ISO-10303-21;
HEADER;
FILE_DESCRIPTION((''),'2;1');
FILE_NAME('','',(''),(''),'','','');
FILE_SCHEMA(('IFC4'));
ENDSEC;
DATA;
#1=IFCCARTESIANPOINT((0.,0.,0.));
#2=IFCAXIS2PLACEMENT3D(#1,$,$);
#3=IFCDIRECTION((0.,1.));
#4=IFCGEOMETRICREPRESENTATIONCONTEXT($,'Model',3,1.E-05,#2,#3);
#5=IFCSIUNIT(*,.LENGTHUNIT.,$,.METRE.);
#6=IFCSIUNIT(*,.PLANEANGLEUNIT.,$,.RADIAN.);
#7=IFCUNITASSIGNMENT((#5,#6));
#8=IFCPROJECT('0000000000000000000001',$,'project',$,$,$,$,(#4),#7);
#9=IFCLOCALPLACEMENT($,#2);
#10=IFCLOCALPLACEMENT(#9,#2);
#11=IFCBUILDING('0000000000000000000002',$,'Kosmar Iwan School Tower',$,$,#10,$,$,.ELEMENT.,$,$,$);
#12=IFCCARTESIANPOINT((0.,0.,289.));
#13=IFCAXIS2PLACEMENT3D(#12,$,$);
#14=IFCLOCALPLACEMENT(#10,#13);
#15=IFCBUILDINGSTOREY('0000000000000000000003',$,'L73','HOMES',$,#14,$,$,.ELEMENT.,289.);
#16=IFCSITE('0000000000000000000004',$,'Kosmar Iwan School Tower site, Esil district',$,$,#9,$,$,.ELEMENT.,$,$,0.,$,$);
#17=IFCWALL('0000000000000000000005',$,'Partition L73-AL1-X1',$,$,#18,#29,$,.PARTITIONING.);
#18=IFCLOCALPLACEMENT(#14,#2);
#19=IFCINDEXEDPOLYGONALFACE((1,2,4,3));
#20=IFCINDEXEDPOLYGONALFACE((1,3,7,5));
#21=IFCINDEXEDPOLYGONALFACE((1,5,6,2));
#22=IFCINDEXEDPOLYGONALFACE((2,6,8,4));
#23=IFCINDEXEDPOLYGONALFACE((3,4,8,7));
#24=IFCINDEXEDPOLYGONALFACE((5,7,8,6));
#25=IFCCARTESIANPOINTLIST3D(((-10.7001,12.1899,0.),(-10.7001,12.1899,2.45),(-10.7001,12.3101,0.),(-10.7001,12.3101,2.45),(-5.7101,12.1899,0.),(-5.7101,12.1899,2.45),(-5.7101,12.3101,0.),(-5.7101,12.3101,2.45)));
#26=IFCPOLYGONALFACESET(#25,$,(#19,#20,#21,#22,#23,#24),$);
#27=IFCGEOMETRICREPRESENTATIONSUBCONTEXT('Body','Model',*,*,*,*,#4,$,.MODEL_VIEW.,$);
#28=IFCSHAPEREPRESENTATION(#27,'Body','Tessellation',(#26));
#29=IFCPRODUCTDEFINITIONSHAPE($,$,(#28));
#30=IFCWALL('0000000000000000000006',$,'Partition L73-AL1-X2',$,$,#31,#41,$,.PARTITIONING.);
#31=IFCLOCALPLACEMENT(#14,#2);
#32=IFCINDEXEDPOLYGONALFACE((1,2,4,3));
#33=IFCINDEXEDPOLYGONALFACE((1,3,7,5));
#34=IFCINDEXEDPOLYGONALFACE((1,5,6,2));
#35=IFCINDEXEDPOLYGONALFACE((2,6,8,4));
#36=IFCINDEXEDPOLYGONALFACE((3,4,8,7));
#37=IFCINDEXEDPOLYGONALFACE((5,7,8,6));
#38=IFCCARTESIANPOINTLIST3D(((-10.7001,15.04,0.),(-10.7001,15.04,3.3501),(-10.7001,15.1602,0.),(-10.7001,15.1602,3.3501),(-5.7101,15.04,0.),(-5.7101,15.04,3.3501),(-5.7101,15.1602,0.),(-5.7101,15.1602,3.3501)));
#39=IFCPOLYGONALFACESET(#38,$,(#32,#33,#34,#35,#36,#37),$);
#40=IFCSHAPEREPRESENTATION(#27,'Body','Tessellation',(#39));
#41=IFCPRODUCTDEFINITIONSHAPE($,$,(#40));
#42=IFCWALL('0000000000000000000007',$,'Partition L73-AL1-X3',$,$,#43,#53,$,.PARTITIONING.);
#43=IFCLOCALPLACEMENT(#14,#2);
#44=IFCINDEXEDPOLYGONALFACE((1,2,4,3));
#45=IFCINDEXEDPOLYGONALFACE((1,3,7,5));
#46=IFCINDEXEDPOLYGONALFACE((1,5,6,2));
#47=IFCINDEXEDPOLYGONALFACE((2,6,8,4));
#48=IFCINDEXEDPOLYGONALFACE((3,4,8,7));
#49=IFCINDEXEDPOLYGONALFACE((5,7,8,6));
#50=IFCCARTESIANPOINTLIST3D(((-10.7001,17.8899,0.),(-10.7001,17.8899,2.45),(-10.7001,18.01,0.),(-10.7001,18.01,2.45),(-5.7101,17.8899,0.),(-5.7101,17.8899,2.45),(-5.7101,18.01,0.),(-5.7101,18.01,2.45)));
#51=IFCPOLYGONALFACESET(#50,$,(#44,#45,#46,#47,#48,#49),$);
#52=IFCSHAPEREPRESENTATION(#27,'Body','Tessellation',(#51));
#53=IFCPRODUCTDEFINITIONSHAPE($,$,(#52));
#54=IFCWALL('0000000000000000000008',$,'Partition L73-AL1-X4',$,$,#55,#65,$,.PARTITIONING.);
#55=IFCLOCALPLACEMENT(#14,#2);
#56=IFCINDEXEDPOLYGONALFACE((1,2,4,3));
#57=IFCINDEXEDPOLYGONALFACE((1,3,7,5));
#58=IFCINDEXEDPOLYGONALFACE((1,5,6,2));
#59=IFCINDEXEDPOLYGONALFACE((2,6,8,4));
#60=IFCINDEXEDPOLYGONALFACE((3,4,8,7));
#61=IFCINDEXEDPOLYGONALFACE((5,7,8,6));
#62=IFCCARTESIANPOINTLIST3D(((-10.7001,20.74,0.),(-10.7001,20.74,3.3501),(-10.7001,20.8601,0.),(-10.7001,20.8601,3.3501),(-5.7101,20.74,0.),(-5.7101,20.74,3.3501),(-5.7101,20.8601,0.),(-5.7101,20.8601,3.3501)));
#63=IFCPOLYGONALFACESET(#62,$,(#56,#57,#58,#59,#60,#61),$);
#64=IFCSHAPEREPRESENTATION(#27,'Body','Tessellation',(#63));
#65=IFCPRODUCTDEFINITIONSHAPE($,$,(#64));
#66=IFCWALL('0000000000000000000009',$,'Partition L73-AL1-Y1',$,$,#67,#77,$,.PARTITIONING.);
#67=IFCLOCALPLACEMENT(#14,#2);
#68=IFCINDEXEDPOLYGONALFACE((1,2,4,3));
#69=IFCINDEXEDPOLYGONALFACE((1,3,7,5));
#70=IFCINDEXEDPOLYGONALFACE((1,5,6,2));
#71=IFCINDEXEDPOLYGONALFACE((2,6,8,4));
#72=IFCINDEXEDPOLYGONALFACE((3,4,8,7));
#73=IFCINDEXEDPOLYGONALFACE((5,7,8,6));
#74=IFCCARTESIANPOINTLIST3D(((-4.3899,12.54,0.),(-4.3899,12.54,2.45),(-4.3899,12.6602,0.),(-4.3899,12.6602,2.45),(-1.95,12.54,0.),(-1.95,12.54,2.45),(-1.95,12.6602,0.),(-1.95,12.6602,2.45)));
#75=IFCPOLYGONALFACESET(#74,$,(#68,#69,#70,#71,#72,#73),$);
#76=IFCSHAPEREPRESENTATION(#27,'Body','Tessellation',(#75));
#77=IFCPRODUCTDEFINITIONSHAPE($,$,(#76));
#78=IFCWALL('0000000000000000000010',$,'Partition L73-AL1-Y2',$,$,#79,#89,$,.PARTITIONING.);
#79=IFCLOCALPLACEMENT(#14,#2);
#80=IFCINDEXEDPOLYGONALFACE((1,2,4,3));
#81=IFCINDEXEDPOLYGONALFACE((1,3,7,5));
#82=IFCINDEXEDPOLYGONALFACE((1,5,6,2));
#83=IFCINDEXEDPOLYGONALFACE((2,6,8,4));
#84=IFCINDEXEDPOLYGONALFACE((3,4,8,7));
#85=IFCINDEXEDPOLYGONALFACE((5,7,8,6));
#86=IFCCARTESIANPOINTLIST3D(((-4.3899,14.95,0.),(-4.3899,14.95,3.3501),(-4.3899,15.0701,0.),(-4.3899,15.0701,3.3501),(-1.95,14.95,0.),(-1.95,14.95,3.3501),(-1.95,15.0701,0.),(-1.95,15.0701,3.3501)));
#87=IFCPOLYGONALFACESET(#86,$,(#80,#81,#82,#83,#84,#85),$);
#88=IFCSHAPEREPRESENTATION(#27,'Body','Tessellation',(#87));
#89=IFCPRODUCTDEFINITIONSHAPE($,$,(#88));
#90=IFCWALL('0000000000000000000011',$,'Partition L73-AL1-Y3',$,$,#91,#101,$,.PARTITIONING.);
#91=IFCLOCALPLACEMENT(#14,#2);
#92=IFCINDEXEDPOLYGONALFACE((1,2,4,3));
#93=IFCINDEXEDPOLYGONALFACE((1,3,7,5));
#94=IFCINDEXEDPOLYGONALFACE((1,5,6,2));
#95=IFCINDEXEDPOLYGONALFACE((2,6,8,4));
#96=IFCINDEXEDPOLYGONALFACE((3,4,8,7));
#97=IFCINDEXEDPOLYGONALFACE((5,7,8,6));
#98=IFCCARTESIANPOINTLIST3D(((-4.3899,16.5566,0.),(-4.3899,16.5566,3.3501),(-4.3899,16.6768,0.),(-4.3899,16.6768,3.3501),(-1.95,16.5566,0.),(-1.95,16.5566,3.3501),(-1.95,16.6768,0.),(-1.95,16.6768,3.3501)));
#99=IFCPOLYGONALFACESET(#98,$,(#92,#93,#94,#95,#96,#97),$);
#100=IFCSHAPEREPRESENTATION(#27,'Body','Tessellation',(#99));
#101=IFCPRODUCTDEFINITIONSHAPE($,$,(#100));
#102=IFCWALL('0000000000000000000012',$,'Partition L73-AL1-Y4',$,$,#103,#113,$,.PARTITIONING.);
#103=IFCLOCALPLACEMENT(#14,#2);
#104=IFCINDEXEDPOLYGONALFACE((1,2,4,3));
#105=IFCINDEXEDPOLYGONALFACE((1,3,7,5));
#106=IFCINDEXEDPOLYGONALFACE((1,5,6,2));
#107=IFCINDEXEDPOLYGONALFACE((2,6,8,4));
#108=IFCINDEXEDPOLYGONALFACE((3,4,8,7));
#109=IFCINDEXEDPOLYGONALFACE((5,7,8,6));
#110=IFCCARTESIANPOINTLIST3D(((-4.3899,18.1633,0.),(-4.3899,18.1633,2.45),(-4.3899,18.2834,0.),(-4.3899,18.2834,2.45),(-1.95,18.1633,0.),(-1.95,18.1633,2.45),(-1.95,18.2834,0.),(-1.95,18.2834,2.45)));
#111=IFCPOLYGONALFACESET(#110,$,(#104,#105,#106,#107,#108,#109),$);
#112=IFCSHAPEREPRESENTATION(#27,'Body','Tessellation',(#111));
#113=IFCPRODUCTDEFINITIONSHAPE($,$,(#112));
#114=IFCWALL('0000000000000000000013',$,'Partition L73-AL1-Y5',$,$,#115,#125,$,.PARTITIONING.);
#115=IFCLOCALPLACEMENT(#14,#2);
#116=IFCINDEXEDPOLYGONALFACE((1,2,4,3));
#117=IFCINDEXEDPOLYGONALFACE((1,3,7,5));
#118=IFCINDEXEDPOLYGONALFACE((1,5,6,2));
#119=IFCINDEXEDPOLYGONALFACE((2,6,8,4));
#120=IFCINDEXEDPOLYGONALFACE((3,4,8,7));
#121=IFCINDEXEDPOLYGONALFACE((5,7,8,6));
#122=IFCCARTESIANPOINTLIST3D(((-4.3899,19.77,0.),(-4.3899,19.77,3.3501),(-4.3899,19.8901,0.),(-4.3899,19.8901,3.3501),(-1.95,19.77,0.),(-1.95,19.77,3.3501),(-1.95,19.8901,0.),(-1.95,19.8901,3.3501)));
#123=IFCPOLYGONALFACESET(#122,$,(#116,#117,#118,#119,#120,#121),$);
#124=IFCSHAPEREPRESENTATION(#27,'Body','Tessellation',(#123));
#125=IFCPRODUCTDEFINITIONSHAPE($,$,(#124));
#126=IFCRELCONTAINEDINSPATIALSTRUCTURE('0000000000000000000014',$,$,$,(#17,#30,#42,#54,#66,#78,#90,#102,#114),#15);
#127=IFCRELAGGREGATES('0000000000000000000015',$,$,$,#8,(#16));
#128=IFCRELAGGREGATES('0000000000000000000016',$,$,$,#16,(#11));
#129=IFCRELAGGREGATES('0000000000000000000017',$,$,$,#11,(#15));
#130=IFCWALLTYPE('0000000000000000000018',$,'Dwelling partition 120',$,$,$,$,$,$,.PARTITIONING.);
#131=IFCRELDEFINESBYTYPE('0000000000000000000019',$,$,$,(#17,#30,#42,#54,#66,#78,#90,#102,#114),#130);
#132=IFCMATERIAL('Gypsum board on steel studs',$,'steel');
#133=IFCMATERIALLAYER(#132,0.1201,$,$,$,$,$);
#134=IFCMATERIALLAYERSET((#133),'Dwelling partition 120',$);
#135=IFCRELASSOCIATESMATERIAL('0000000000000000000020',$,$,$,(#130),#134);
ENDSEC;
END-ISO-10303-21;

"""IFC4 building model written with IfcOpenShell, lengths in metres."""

from ifc_helpers import new_model, si_unit, direction, frame, frame_2d, origin, place, context, subcontext, project, spatial, rectangle, extrude, material, layer, layer_set, type_object, element, save


model = new_model("IFC4")

# Units and contexts
model_context = context("Model", 3, precision=1e-05, world=origin(), true_north=direction((0.0, 1.0)))
body_context = subcontext(model_context, "Body", "Model", "MODEL_VIEW")
ifc_project = project(units=[si_unit("LENGTHUNIT", "METRE"), si_unit("PLANEANGLEUNIT", "RADIAN")], contexts=[model_context])

# Site, building, storey
site_placement = place(None, origin())
site = spatial("IfcSite", under=ifc_project, at=site_placement, Name="Kosmar Iwan School Tower site, Esil district", CompositionType="ELEMENT", RefElevation=0.0)
building_placement = place(site_placement, origin())
building = spatial("IfcBuilding", under=site, at=building_placement, Name="Kosmar Iwan School Tower", CompositionType="ELEMENT")
storey_placement = place(building_placement, frame((0.0, 0.0, 289.0)))
storey = spatial("IfcBuildingStorey", under=building, at=storey_placement, Name="L73", Description="HOMES", CompositionType="ELEMENT", Elevation=289.0)

# Shared definitions
ifc_material_1 = material(Name="Gypsum board on steel studs", Category="steel")
ifc_layer_1 = layer(ifc_material_1, 0.1201)
ifc_layer_set_1 = layer_set([ifc_layer_1], Name="Dwelling partition 120")
wall_type_1 = type_object("IfcWallType", Name="Dwelling partition 120", PredefinedType="PARTITIONING", material=ifc_layer_set_1)

# Walls
wall_1_placement = place(storey_placement, frame((-5.71, 12.25, 0.0), z_axis=(0.0, 0.0, 1.0), x_axis=(-1.0, 0.0, 0.0)))
element("IfcWall", 1, at=wall_1_placement, inside=storey, type_object=wall_type_1, Name="Partition L73-AL1-X1", PredefinedType="PARTITIONING", context=body_context, shape_type="SweptSolid", body=[
    extrude(rectangle(XDim=4.99, YDim=0.1201, at=frame_2d((2.4951, 0.0))), origin(), (0.0, 0.0, 1.0), 2.45),
])
wall_2_placement = place(storey_placement, frame((-5.71, 15.1001, 0.0), z_axis=(0.0, 0.0, 1.0), x_axis=(-1.0, 0.0, 0.0)))
element("IfcWall", 2, at=wall_2_placement, inside=storey, type_object=wall_type_1, Name="Partition L73-AL1-X2", PredefinedType="PARTITIONING", context=body_context, shape_type="SweptSolid", body=[
    extrude(rectangle(XDim=4.99, YDim=0.1201, at=frame_2d((2.4951, 0.0))), origin(), (0.0, 0.0, 1.0), 3.3501),
])
wall_3_placement = place(storey_placement, frame((-5.71, 17.95, 0.0), z_axis=(0.0, 0.0, 1.0), x_axis=(-1.0, 0.0, 0.0)))
element("IfcWall", 3, at=wall_3_placement, inside=storey, type_object=wall_type_1, Name="Partition L73-AL1-X3", PredefinedType="PARTITIONING", context=body_context, shape_type="SweptSolid", body=[
    extrude(rectangle(XDim=4.99, YDim=0.1201, at=frame_2d((2.4951, 0.0))), origin(), (0.0, 0.0, 1.0), 2.45),
])
wall_4_placement = place(storey_placement, frame((-5.71, 20.8, 0.0), z_axis=(0.0, 0.0, 1.0), x_axis=(-1.0, 0.0, 0.0)))
element("IfcWall", 4, at=wall_4_placement, inside=storey, type_object=wall_type_1, Name="Partition L73-AL1-X4", PredefinedType="PARTITIONING", context=body_context, shape_type="SweptSolid", body=[
    extrude(rectangle(XDim=4.99, YDim=0.1201, at=frame_2d((2.4951, 0.0))), origin(), (0.0, 0.0, 1.0), 3.3501),
])
wall_5_placement = place(storey_placement, frame((-1.95, 12.6001, 0.0), z_axis=(0.0, 0.0, 1.0), x_axis=(-1.0, 0.0, 0.0)))
element("IfcWall", 5, at=wall_5_placement, inside=storey, type_object=wall_type_1, Name="Partition L73-AL1-Y1", PredefinedType="PARTITIONING", context=body_context, shape_type="SweptSolid", body=[
    extrude(rectangle(XDim=2.4399, YDim=0.1201, at=frame_2d((1.22, 0.0))), origin(), (0.0, 0.0, 1.0), 2.45),
])
for number, where, z_axis, x_axis, name in (
    (6, (-1.95, 15.01, 0.0), (0.0, 0.0, 1.0), (-1.0, 0.0, 0.0), "Partition L73-AL1-Y2"),
    (7, (-1.95, 16.6167, 0.0), (0.0, 0.0, 1.0), (-1.0, 0.0, 0.0), "Partition L73-AL1-Y3"),
):
    element("IfcWall", number, at=place(storey_placement, frame(where, z_axis=z_axis, x_axis=x_axis)), inside=storey, type_object=wall_type_1, Name=name, PredefinedType="PARTITIONING", context=body_context, shape_type="SweptSolid", body=[
        extrude(rectangle(XDim=2.4399, YDim=0.1201, at=frame_2d((1.22, 0.0))), origin(), (0.0, 0.0, 1.0), 3.3501),
    ])
wall_6_placement = place(storey_placement, frame((-1.95, 18.2234, 0.0), z_axis=(0.0, 0.0, 1.0), x_axis=(-1.0, 0.0, 0.0)))
element("IfcWall", 8, at=wall_6_placement, inside=storey, type_object=wall_type_1, Name="Partition L73-AL1-Y4", PredefinedType="PARTITIONING", context=body_context, shape_type="SweptSolid", body=[
    extrude(rectangle(XDim=2.4399, YDim=0.1201, at=frame_2d((1.22, 0.0))), origin(), (0.0, 0.0, 1.0), 2.45),
])
wall_7_placement = place(storey_placement, frame((-1.95, 19.8301, 0.0), z_axis=(0.0, 0.0, 1.0), x_axis=(-1.0, 0.0, 0.0)))
element("IfcWall", 9, at=wall_7_placement, inside=storey, type_object=wall_type_1, Name="Partition L73-AL1-Y5", PredefinedType="PARTITIONING", context=body_context, shape_type="SweptSolid", body=[
    extrude(rectangle(XDim=2.4399, YDim=0.1201, at=frame_2d((1.22, 0.0))), origin(), (0.0, 0.0, 1.0), 3.3501),
])

save(model, "model.ifc")
